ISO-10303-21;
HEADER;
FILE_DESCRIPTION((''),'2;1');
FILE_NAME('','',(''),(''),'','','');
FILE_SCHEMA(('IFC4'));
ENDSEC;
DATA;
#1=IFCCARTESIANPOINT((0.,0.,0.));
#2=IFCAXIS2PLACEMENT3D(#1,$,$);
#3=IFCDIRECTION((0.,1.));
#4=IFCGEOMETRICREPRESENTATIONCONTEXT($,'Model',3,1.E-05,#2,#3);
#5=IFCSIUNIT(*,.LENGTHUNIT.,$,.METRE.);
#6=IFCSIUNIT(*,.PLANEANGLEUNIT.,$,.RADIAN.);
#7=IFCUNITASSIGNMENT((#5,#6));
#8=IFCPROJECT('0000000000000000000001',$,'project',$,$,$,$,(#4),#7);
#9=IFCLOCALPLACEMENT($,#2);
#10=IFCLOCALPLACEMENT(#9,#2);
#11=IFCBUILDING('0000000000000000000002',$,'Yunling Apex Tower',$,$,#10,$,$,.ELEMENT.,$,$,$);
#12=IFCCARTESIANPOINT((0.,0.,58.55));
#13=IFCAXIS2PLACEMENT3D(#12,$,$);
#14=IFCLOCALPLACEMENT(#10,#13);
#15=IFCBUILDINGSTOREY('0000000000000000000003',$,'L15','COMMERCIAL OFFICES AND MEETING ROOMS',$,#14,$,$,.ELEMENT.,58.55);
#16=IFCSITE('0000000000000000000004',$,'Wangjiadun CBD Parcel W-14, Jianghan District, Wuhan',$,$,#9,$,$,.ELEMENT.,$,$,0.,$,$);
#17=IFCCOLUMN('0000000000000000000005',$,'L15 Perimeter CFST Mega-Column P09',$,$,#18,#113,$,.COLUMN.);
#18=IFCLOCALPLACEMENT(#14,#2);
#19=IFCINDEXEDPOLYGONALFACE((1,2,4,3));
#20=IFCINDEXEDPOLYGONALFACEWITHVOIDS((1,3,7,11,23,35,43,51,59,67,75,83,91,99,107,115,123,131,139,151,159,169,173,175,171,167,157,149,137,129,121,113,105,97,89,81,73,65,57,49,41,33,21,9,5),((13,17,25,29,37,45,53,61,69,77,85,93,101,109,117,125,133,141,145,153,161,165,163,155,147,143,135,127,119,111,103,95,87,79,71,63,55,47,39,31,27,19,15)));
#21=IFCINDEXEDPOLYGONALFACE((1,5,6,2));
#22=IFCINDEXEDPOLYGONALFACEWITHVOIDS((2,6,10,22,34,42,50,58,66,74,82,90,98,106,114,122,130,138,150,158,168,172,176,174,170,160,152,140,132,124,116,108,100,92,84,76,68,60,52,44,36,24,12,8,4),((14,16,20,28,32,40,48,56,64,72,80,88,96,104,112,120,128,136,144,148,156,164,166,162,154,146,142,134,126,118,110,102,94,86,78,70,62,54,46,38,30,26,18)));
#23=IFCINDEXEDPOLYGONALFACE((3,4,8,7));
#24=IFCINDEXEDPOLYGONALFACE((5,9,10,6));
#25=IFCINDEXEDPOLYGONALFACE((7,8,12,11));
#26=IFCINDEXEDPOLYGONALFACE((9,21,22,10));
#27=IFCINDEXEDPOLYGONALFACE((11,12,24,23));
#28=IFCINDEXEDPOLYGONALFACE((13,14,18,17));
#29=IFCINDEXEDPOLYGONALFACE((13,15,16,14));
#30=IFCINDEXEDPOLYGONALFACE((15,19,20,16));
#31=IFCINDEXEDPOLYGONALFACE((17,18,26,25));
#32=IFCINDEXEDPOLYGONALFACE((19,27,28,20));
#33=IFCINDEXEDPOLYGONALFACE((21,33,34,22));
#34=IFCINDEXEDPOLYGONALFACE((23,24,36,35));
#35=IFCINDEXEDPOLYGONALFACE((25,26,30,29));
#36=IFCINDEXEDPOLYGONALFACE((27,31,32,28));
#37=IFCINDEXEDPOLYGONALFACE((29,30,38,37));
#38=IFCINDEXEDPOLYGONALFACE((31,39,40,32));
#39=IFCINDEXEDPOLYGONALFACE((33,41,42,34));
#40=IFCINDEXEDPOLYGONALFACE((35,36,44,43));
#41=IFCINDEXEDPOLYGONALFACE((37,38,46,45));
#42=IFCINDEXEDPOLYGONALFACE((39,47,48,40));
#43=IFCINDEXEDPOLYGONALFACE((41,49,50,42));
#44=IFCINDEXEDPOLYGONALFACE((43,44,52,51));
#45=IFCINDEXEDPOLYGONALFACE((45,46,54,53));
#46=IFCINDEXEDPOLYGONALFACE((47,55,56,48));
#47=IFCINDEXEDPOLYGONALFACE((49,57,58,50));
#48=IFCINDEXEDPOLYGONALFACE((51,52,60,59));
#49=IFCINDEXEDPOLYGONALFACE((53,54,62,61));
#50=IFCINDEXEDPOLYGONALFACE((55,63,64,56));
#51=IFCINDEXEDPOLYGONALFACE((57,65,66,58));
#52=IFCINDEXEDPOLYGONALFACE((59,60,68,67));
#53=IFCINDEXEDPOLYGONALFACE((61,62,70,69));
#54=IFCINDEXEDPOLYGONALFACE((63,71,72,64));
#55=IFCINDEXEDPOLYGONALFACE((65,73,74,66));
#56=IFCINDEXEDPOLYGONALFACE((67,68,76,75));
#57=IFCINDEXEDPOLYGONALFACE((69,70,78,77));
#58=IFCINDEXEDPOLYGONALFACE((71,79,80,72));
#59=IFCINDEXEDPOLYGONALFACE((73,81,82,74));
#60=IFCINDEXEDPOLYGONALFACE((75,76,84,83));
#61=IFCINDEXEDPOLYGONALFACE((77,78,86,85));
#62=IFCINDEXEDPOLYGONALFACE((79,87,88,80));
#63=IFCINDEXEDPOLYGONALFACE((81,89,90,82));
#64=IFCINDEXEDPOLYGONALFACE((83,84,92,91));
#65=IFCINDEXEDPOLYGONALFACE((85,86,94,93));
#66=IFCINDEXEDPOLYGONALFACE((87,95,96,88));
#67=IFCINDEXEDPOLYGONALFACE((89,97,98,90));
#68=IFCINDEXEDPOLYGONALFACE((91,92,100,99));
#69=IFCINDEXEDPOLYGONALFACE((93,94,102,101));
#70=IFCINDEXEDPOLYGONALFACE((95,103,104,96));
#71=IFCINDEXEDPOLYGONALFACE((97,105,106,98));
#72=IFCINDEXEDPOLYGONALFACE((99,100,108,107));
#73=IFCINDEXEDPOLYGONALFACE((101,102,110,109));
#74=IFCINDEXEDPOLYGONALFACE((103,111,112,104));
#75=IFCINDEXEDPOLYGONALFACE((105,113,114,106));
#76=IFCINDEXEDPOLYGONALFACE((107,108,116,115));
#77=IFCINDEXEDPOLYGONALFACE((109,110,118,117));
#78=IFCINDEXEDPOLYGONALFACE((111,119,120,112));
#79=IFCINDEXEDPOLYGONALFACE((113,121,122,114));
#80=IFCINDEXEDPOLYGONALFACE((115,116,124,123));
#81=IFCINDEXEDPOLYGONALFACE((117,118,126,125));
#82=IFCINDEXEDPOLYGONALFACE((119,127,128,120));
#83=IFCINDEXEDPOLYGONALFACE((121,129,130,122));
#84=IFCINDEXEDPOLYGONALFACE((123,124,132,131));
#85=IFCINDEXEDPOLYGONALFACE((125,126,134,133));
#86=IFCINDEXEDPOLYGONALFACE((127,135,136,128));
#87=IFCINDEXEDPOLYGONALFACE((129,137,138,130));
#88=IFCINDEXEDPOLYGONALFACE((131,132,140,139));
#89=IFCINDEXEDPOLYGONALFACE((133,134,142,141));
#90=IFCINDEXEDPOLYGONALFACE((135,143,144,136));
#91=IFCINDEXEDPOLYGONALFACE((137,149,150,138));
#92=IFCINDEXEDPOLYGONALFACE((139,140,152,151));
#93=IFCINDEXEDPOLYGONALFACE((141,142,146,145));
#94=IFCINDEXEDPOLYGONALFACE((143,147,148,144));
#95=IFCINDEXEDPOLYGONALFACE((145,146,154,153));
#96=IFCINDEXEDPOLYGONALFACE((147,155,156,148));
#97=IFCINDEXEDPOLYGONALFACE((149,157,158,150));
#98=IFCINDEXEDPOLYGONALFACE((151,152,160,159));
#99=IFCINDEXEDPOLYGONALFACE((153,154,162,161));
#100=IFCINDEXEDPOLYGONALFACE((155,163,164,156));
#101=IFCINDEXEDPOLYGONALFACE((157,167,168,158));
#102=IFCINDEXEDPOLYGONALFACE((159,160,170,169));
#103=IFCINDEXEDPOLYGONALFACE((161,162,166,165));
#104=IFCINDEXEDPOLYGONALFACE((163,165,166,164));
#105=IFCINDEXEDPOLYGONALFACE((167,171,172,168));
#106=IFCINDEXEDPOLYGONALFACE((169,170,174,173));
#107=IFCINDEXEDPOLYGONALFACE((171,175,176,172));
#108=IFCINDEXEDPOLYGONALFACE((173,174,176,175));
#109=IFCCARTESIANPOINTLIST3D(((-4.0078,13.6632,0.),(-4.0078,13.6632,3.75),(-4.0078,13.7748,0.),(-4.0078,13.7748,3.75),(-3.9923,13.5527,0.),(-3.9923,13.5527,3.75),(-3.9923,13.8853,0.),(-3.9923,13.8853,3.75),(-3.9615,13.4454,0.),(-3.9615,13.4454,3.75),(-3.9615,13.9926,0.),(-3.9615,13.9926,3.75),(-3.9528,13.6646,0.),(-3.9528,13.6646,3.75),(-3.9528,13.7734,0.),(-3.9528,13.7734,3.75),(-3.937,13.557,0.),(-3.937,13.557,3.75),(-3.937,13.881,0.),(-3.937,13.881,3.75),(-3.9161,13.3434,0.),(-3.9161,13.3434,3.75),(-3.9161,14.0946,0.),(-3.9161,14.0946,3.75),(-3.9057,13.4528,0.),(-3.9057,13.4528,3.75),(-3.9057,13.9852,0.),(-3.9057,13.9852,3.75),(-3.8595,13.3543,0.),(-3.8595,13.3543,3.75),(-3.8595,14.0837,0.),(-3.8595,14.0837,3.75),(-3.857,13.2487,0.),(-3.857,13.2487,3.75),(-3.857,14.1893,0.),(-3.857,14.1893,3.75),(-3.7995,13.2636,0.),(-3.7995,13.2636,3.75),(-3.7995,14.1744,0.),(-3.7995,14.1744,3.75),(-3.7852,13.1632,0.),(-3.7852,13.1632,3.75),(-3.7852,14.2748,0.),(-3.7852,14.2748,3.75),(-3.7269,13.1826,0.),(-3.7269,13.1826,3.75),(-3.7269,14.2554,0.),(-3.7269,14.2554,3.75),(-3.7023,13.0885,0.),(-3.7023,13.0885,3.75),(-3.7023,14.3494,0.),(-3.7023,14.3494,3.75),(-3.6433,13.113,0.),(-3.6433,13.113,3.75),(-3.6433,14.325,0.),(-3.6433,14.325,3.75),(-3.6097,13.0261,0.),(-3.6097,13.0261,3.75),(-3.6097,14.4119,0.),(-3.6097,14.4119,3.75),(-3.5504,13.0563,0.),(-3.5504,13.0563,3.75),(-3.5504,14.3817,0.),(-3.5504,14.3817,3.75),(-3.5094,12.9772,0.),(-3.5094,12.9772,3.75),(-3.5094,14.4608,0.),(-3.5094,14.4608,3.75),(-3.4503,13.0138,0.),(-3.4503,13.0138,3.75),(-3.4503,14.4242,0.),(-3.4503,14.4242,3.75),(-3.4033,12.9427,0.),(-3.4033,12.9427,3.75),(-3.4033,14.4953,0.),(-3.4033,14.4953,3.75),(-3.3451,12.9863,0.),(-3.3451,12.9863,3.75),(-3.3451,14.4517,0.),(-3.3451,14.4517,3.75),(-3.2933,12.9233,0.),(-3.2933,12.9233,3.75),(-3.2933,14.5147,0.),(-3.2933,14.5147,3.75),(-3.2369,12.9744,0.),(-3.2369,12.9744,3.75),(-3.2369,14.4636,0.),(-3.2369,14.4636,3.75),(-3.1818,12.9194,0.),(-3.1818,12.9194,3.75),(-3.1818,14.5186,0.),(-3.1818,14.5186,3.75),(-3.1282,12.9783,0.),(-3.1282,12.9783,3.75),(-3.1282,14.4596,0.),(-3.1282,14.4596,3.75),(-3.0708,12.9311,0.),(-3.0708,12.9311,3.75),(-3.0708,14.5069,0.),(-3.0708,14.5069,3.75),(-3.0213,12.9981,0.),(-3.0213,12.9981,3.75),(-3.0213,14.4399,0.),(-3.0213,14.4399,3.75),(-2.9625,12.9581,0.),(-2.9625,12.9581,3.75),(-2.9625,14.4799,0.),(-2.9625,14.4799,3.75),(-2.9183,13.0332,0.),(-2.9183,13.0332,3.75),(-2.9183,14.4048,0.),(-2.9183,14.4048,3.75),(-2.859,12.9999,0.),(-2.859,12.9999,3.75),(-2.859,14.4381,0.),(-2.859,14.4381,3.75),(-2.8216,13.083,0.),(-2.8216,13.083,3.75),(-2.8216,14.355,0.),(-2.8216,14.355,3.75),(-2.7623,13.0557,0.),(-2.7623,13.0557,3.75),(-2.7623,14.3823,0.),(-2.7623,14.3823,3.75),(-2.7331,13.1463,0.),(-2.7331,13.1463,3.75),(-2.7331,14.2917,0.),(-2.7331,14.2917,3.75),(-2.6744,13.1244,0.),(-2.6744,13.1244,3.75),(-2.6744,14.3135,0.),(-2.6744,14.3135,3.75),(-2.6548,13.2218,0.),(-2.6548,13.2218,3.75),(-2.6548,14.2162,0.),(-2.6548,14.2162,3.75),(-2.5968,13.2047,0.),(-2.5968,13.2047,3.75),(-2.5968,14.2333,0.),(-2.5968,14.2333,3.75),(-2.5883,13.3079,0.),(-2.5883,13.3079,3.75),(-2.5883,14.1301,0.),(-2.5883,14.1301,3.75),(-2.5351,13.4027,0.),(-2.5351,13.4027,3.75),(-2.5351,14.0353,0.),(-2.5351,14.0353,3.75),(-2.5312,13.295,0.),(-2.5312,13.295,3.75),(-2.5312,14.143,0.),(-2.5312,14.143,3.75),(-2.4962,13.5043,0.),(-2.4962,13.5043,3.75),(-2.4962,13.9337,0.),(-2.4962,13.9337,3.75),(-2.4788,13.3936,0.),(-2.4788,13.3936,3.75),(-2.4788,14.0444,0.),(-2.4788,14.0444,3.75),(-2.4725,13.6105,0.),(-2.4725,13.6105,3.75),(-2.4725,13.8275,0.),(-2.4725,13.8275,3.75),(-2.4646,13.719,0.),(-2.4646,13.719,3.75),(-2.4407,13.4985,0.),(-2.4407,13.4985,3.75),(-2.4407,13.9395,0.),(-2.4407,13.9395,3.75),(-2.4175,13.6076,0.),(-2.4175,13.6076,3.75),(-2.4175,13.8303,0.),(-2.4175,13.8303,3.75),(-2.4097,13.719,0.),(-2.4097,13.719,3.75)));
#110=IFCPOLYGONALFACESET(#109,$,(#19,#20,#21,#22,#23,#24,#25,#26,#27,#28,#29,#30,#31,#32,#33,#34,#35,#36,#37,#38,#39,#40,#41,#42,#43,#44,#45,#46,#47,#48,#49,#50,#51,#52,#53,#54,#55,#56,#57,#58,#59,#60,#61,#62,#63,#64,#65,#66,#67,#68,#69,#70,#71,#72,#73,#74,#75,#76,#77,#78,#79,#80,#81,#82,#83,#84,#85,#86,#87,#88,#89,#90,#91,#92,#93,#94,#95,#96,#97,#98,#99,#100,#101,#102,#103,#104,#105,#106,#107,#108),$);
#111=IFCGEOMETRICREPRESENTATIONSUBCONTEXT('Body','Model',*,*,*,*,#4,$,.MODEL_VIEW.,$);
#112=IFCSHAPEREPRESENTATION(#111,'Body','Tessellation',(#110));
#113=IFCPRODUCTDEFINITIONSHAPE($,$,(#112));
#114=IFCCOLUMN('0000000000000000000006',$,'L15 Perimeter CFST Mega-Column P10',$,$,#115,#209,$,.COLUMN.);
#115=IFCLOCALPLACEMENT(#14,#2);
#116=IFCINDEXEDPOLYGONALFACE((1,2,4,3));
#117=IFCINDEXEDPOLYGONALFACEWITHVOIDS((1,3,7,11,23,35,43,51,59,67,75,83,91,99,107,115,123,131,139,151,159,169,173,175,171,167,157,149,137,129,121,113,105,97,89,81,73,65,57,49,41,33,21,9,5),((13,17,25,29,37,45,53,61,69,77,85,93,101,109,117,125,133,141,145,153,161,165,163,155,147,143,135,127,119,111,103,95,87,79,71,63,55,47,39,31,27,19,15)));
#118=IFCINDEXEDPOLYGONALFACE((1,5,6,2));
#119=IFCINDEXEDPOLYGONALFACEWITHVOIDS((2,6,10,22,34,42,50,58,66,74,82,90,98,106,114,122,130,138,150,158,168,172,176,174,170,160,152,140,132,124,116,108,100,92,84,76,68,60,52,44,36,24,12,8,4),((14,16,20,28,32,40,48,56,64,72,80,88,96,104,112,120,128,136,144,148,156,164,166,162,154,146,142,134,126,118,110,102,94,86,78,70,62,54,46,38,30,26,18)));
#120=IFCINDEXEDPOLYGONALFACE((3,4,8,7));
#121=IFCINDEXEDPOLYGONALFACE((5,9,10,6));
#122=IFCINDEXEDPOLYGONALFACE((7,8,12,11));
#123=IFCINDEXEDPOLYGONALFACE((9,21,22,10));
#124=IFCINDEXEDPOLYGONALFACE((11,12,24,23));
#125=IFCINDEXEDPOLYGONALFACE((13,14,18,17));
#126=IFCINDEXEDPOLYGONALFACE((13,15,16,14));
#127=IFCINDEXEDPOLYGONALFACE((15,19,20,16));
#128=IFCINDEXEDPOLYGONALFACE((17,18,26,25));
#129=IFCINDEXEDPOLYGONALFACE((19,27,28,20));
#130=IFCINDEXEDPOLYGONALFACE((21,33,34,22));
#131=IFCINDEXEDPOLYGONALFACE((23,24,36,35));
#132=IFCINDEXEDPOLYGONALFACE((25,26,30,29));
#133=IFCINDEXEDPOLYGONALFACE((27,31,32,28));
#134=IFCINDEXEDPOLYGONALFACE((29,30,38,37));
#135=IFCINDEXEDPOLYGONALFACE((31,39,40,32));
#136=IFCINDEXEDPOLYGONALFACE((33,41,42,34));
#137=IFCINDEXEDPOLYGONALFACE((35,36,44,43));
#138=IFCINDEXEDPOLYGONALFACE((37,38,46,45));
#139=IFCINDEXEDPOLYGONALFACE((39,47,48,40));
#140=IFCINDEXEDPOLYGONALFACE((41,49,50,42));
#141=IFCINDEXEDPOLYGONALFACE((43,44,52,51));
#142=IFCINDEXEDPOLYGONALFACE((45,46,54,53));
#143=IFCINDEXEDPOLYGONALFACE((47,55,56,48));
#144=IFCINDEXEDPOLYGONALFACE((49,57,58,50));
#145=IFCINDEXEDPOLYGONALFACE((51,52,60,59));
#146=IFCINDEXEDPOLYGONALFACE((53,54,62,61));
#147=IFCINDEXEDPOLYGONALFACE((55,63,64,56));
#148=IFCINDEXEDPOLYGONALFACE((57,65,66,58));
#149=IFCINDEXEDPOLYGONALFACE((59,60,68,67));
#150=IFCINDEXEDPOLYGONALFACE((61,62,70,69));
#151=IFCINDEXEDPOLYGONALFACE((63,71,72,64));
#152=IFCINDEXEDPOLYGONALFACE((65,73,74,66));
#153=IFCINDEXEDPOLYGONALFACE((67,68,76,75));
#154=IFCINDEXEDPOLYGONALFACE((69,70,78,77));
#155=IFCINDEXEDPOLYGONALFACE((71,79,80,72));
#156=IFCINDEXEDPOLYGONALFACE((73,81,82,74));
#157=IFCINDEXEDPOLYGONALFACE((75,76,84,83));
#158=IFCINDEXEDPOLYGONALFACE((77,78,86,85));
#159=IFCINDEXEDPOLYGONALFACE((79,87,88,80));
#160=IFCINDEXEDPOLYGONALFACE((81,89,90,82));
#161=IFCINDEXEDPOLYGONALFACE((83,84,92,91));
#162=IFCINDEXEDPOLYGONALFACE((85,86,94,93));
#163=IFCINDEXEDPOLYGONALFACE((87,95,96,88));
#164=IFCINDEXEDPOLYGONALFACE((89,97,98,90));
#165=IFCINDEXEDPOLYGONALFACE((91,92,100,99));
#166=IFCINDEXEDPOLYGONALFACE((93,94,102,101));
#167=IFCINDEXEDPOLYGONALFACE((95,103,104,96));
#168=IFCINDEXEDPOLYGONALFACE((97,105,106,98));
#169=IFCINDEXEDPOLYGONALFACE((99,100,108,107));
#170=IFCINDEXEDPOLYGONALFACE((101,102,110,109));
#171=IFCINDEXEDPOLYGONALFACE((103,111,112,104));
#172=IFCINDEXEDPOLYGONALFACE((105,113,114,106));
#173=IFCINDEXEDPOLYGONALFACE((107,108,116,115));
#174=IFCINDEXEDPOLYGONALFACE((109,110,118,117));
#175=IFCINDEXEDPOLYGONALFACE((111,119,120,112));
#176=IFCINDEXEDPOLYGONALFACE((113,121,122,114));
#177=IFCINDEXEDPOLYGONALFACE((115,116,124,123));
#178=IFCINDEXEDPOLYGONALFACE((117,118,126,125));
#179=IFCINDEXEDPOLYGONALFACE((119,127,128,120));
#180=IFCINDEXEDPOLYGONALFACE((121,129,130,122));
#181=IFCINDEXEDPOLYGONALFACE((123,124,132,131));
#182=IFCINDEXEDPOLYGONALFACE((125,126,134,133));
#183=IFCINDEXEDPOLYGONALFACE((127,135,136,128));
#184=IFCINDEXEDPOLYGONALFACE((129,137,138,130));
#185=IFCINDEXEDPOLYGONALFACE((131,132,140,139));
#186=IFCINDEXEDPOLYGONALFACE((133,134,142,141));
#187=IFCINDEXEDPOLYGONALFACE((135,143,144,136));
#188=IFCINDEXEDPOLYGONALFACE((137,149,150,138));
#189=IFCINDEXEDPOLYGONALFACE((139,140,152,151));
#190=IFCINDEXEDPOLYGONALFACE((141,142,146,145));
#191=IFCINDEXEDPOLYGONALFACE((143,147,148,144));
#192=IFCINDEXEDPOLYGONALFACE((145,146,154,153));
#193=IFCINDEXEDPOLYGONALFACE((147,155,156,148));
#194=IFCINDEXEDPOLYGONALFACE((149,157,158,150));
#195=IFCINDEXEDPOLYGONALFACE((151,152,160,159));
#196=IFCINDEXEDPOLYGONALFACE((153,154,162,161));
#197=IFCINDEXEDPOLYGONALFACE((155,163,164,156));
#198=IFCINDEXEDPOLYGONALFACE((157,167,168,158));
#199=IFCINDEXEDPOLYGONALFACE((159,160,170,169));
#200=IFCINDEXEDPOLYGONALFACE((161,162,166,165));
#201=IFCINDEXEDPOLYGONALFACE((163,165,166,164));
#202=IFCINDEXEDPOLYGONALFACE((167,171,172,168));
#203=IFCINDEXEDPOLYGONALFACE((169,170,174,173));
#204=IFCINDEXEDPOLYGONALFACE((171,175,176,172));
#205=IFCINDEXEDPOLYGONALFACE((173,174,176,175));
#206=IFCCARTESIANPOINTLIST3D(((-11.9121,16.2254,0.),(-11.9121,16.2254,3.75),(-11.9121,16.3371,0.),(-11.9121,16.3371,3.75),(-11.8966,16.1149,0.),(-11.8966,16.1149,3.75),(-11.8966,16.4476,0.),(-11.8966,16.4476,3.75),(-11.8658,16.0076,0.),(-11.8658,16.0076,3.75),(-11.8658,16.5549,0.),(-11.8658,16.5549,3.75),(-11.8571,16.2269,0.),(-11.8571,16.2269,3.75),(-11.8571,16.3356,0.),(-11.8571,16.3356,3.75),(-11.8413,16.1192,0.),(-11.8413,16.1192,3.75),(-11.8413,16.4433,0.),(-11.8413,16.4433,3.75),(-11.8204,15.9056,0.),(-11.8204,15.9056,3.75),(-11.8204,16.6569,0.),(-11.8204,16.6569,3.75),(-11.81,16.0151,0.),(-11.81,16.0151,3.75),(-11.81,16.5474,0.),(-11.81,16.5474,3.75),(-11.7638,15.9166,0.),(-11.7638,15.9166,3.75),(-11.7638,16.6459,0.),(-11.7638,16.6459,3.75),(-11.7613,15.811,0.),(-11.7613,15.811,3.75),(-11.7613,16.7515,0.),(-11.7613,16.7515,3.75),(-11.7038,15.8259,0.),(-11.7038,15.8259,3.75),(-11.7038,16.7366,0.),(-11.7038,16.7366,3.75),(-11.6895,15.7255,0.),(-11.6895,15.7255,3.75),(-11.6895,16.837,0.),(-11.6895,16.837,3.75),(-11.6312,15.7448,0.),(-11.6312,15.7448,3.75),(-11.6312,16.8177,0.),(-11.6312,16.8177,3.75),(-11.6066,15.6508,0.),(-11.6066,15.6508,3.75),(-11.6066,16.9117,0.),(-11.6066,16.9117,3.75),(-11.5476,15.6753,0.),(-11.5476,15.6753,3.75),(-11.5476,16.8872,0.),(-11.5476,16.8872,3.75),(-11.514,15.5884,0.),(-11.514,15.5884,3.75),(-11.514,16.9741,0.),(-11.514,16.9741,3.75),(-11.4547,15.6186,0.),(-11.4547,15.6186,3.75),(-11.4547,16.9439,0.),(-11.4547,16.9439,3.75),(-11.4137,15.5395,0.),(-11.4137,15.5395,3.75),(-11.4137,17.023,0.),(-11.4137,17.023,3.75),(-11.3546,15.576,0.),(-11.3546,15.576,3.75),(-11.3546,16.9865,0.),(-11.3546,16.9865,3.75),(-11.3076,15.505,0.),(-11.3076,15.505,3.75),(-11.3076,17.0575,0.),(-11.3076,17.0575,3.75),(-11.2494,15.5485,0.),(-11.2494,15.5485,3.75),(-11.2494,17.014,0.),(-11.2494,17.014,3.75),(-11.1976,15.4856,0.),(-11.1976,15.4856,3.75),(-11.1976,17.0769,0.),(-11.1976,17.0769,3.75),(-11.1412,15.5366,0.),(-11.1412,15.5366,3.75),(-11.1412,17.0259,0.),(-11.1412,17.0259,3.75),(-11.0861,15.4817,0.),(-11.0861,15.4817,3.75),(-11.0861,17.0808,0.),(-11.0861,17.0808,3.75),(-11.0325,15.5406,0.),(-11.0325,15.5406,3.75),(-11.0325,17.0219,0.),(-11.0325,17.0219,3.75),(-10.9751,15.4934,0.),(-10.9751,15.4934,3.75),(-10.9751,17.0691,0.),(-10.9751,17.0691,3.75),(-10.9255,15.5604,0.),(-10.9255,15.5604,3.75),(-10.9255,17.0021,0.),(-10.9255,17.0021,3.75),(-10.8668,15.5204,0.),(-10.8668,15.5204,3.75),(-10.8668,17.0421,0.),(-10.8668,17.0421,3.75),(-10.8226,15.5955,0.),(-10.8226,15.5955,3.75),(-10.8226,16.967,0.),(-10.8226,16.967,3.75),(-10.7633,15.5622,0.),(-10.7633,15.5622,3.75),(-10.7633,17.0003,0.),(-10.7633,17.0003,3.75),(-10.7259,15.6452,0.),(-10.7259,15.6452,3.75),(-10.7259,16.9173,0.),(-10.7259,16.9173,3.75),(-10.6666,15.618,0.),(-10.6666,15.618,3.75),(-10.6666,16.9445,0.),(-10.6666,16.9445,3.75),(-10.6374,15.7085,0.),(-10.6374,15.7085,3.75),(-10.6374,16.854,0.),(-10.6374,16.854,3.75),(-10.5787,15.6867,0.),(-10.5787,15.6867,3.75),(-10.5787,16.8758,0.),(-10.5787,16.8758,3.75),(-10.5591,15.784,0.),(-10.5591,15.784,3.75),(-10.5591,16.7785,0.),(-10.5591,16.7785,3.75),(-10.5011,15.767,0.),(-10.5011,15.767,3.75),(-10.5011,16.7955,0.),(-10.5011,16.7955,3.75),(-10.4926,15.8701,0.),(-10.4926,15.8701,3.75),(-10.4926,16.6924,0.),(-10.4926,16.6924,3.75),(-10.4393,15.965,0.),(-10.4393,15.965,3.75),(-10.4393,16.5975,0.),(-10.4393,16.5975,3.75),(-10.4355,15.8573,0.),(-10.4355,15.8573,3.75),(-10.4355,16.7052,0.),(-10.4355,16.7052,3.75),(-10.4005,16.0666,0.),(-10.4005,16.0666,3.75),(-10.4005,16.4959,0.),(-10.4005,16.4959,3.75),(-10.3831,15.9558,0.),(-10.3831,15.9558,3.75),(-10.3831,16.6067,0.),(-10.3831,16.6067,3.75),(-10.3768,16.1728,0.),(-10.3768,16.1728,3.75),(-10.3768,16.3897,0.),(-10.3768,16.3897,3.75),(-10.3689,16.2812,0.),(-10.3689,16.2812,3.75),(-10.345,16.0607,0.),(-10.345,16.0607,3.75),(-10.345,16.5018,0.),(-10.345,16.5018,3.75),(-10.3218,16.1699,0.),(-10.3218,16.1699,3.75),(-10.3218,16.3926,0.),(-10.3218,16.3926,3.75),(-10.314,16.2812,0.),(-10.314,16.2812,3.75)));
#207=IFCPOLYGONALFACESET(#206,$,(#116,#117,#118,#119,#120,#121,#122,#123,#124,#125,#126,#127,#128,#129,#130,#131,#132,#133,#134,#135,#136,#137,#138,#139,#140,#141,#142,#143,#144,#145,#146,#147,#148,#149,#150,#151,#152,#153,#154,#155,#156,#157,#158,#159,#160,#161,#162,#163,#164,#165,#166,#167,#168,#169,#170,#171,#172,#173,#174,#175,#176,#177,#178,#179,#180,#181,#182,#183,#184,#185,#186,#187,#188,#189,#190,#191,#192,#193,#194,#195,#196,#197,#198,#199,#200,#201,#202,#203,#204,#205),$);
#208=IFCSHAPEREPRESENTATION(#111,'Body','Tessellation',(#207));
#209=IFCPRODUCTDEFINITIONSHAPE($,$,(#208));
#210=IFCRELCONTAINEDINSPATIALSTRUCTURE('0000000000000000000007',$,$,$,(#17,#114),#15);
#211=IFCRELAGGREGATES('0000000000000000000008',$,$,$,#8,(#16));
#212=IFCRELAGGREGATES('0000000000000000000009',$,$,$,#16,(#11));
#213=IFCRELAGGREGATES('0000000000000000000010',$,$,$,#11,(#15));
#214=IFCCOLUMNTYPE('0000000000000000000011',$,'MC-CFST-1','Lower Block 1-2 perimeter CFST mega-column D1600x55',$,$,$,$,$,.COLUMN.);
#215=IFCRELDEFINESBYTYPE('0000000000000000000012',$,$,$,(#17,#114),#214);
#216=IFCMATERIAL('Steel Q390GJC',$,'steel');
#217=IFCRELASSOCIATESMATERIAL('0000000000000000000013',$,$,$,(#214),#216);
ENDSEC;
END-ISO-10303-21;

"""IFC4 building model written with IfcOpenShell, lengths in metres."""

from ifc_helpers import new_model, si_unit, direction, frame, origin, origin_2d, place, context, subcontext, project, spatial, hollow_circle, extrude, source, transform, mapped, material, material_profile, profile_set, type_object, element, save


model = new_model("IFC4")

# Units and contexts
model_context = context("Model", 3, precision=1e-05, world=origin(), true_north=direction((0.0, 1.0)))
body_context = subcontext(model_context, "Body", "Model", "MODEL_VIEW")
ifc_project = project(units=[si_unit("LENGTHUNIT", "METRE"), si_unit("PLANEANGLEUNIT", "RADIAN")], contexts=[model_context])

# Site, building, storey
site_placement = place(None, origin())
site = spatial("IfcSite", under=ifc_project, at=site_placement, Name="Wangjiadun CBD Parcel W-14, Jianghan District, Wuhan", CompositionType="ELEMENT", RefElevation=0.0)
building_placement = place(site_placement, origin())
building = spatial("IfcBuilding", under=site, at=building_placement, Name="Yunling Apex Tower", CompositionType="ELEMENT")
storey_placement = place(building_placement, frame((0.0, 0.0, 58.55)))
storey = spatial("IfcBuildingStorey", under=building, at=storey_placement, Name="L15", Description="COMMERCIAL OFFICES AND MEETING ROOMS", CompositionType="ELEMENT", Elevation=58.55)

# Columns
ifc_material_1 = material(Name="Steel Q390GJC", Category="steel")
ifc_material_profile_1 = material_profile(ifc_material_1, hollow_circle(Radius=0.8, WallThickness=0.0549, at=origin_2d()))
ifc_profile_set_1 = profile_set([ifc_material_profile_1], Name="Steel Q390GJC")
column_type = type_object("IfcColumnType", Name="MC-CFST-1", Description="Lower Block 1-2 perimeter CFST mega-column D1600x55", PredefinedType="COLUMN", material=ifc_profile_set_1)
shared_shape_1 = source(origin(), body_context, "Body", "SweptSolid", [
    extrude(hollow_circle(Radius=0.8, WallThickness=0.0549, at=origin_2d()), origin(), (0.0, 0.0, 1.0), 3.75),
])
for number, where, z_axis, x_axis, name in (
    (1, (-3.2097, 13.719, 0.0), (0.0, 0.0, 1.0), (1.0, 0.0, 0.0), "L15 Perimeter CFST Mega-Column P09"),
    (2, (-11.114, 16.2812, 0.0), (0.0, 0.0, 1.0), (1.0, 0.0, 0.0), "L15 Perimeter CFST Mega-Column P10"),
):
    element("IfcColumn", number, at=place(storey_placement, frame(where, z_axis=z_axis, x_axis=x_axis)), inside=storey, type_object=column_type, Name=name, PredefinedType="COLUMN", context=body_context, shape_type="MappedRepresentation", body=[
        mapped(shared_shape_1, transform((0.0, 0.0, 0.0), scale=1.0)),
    ])

save(model, "model.ifc")
